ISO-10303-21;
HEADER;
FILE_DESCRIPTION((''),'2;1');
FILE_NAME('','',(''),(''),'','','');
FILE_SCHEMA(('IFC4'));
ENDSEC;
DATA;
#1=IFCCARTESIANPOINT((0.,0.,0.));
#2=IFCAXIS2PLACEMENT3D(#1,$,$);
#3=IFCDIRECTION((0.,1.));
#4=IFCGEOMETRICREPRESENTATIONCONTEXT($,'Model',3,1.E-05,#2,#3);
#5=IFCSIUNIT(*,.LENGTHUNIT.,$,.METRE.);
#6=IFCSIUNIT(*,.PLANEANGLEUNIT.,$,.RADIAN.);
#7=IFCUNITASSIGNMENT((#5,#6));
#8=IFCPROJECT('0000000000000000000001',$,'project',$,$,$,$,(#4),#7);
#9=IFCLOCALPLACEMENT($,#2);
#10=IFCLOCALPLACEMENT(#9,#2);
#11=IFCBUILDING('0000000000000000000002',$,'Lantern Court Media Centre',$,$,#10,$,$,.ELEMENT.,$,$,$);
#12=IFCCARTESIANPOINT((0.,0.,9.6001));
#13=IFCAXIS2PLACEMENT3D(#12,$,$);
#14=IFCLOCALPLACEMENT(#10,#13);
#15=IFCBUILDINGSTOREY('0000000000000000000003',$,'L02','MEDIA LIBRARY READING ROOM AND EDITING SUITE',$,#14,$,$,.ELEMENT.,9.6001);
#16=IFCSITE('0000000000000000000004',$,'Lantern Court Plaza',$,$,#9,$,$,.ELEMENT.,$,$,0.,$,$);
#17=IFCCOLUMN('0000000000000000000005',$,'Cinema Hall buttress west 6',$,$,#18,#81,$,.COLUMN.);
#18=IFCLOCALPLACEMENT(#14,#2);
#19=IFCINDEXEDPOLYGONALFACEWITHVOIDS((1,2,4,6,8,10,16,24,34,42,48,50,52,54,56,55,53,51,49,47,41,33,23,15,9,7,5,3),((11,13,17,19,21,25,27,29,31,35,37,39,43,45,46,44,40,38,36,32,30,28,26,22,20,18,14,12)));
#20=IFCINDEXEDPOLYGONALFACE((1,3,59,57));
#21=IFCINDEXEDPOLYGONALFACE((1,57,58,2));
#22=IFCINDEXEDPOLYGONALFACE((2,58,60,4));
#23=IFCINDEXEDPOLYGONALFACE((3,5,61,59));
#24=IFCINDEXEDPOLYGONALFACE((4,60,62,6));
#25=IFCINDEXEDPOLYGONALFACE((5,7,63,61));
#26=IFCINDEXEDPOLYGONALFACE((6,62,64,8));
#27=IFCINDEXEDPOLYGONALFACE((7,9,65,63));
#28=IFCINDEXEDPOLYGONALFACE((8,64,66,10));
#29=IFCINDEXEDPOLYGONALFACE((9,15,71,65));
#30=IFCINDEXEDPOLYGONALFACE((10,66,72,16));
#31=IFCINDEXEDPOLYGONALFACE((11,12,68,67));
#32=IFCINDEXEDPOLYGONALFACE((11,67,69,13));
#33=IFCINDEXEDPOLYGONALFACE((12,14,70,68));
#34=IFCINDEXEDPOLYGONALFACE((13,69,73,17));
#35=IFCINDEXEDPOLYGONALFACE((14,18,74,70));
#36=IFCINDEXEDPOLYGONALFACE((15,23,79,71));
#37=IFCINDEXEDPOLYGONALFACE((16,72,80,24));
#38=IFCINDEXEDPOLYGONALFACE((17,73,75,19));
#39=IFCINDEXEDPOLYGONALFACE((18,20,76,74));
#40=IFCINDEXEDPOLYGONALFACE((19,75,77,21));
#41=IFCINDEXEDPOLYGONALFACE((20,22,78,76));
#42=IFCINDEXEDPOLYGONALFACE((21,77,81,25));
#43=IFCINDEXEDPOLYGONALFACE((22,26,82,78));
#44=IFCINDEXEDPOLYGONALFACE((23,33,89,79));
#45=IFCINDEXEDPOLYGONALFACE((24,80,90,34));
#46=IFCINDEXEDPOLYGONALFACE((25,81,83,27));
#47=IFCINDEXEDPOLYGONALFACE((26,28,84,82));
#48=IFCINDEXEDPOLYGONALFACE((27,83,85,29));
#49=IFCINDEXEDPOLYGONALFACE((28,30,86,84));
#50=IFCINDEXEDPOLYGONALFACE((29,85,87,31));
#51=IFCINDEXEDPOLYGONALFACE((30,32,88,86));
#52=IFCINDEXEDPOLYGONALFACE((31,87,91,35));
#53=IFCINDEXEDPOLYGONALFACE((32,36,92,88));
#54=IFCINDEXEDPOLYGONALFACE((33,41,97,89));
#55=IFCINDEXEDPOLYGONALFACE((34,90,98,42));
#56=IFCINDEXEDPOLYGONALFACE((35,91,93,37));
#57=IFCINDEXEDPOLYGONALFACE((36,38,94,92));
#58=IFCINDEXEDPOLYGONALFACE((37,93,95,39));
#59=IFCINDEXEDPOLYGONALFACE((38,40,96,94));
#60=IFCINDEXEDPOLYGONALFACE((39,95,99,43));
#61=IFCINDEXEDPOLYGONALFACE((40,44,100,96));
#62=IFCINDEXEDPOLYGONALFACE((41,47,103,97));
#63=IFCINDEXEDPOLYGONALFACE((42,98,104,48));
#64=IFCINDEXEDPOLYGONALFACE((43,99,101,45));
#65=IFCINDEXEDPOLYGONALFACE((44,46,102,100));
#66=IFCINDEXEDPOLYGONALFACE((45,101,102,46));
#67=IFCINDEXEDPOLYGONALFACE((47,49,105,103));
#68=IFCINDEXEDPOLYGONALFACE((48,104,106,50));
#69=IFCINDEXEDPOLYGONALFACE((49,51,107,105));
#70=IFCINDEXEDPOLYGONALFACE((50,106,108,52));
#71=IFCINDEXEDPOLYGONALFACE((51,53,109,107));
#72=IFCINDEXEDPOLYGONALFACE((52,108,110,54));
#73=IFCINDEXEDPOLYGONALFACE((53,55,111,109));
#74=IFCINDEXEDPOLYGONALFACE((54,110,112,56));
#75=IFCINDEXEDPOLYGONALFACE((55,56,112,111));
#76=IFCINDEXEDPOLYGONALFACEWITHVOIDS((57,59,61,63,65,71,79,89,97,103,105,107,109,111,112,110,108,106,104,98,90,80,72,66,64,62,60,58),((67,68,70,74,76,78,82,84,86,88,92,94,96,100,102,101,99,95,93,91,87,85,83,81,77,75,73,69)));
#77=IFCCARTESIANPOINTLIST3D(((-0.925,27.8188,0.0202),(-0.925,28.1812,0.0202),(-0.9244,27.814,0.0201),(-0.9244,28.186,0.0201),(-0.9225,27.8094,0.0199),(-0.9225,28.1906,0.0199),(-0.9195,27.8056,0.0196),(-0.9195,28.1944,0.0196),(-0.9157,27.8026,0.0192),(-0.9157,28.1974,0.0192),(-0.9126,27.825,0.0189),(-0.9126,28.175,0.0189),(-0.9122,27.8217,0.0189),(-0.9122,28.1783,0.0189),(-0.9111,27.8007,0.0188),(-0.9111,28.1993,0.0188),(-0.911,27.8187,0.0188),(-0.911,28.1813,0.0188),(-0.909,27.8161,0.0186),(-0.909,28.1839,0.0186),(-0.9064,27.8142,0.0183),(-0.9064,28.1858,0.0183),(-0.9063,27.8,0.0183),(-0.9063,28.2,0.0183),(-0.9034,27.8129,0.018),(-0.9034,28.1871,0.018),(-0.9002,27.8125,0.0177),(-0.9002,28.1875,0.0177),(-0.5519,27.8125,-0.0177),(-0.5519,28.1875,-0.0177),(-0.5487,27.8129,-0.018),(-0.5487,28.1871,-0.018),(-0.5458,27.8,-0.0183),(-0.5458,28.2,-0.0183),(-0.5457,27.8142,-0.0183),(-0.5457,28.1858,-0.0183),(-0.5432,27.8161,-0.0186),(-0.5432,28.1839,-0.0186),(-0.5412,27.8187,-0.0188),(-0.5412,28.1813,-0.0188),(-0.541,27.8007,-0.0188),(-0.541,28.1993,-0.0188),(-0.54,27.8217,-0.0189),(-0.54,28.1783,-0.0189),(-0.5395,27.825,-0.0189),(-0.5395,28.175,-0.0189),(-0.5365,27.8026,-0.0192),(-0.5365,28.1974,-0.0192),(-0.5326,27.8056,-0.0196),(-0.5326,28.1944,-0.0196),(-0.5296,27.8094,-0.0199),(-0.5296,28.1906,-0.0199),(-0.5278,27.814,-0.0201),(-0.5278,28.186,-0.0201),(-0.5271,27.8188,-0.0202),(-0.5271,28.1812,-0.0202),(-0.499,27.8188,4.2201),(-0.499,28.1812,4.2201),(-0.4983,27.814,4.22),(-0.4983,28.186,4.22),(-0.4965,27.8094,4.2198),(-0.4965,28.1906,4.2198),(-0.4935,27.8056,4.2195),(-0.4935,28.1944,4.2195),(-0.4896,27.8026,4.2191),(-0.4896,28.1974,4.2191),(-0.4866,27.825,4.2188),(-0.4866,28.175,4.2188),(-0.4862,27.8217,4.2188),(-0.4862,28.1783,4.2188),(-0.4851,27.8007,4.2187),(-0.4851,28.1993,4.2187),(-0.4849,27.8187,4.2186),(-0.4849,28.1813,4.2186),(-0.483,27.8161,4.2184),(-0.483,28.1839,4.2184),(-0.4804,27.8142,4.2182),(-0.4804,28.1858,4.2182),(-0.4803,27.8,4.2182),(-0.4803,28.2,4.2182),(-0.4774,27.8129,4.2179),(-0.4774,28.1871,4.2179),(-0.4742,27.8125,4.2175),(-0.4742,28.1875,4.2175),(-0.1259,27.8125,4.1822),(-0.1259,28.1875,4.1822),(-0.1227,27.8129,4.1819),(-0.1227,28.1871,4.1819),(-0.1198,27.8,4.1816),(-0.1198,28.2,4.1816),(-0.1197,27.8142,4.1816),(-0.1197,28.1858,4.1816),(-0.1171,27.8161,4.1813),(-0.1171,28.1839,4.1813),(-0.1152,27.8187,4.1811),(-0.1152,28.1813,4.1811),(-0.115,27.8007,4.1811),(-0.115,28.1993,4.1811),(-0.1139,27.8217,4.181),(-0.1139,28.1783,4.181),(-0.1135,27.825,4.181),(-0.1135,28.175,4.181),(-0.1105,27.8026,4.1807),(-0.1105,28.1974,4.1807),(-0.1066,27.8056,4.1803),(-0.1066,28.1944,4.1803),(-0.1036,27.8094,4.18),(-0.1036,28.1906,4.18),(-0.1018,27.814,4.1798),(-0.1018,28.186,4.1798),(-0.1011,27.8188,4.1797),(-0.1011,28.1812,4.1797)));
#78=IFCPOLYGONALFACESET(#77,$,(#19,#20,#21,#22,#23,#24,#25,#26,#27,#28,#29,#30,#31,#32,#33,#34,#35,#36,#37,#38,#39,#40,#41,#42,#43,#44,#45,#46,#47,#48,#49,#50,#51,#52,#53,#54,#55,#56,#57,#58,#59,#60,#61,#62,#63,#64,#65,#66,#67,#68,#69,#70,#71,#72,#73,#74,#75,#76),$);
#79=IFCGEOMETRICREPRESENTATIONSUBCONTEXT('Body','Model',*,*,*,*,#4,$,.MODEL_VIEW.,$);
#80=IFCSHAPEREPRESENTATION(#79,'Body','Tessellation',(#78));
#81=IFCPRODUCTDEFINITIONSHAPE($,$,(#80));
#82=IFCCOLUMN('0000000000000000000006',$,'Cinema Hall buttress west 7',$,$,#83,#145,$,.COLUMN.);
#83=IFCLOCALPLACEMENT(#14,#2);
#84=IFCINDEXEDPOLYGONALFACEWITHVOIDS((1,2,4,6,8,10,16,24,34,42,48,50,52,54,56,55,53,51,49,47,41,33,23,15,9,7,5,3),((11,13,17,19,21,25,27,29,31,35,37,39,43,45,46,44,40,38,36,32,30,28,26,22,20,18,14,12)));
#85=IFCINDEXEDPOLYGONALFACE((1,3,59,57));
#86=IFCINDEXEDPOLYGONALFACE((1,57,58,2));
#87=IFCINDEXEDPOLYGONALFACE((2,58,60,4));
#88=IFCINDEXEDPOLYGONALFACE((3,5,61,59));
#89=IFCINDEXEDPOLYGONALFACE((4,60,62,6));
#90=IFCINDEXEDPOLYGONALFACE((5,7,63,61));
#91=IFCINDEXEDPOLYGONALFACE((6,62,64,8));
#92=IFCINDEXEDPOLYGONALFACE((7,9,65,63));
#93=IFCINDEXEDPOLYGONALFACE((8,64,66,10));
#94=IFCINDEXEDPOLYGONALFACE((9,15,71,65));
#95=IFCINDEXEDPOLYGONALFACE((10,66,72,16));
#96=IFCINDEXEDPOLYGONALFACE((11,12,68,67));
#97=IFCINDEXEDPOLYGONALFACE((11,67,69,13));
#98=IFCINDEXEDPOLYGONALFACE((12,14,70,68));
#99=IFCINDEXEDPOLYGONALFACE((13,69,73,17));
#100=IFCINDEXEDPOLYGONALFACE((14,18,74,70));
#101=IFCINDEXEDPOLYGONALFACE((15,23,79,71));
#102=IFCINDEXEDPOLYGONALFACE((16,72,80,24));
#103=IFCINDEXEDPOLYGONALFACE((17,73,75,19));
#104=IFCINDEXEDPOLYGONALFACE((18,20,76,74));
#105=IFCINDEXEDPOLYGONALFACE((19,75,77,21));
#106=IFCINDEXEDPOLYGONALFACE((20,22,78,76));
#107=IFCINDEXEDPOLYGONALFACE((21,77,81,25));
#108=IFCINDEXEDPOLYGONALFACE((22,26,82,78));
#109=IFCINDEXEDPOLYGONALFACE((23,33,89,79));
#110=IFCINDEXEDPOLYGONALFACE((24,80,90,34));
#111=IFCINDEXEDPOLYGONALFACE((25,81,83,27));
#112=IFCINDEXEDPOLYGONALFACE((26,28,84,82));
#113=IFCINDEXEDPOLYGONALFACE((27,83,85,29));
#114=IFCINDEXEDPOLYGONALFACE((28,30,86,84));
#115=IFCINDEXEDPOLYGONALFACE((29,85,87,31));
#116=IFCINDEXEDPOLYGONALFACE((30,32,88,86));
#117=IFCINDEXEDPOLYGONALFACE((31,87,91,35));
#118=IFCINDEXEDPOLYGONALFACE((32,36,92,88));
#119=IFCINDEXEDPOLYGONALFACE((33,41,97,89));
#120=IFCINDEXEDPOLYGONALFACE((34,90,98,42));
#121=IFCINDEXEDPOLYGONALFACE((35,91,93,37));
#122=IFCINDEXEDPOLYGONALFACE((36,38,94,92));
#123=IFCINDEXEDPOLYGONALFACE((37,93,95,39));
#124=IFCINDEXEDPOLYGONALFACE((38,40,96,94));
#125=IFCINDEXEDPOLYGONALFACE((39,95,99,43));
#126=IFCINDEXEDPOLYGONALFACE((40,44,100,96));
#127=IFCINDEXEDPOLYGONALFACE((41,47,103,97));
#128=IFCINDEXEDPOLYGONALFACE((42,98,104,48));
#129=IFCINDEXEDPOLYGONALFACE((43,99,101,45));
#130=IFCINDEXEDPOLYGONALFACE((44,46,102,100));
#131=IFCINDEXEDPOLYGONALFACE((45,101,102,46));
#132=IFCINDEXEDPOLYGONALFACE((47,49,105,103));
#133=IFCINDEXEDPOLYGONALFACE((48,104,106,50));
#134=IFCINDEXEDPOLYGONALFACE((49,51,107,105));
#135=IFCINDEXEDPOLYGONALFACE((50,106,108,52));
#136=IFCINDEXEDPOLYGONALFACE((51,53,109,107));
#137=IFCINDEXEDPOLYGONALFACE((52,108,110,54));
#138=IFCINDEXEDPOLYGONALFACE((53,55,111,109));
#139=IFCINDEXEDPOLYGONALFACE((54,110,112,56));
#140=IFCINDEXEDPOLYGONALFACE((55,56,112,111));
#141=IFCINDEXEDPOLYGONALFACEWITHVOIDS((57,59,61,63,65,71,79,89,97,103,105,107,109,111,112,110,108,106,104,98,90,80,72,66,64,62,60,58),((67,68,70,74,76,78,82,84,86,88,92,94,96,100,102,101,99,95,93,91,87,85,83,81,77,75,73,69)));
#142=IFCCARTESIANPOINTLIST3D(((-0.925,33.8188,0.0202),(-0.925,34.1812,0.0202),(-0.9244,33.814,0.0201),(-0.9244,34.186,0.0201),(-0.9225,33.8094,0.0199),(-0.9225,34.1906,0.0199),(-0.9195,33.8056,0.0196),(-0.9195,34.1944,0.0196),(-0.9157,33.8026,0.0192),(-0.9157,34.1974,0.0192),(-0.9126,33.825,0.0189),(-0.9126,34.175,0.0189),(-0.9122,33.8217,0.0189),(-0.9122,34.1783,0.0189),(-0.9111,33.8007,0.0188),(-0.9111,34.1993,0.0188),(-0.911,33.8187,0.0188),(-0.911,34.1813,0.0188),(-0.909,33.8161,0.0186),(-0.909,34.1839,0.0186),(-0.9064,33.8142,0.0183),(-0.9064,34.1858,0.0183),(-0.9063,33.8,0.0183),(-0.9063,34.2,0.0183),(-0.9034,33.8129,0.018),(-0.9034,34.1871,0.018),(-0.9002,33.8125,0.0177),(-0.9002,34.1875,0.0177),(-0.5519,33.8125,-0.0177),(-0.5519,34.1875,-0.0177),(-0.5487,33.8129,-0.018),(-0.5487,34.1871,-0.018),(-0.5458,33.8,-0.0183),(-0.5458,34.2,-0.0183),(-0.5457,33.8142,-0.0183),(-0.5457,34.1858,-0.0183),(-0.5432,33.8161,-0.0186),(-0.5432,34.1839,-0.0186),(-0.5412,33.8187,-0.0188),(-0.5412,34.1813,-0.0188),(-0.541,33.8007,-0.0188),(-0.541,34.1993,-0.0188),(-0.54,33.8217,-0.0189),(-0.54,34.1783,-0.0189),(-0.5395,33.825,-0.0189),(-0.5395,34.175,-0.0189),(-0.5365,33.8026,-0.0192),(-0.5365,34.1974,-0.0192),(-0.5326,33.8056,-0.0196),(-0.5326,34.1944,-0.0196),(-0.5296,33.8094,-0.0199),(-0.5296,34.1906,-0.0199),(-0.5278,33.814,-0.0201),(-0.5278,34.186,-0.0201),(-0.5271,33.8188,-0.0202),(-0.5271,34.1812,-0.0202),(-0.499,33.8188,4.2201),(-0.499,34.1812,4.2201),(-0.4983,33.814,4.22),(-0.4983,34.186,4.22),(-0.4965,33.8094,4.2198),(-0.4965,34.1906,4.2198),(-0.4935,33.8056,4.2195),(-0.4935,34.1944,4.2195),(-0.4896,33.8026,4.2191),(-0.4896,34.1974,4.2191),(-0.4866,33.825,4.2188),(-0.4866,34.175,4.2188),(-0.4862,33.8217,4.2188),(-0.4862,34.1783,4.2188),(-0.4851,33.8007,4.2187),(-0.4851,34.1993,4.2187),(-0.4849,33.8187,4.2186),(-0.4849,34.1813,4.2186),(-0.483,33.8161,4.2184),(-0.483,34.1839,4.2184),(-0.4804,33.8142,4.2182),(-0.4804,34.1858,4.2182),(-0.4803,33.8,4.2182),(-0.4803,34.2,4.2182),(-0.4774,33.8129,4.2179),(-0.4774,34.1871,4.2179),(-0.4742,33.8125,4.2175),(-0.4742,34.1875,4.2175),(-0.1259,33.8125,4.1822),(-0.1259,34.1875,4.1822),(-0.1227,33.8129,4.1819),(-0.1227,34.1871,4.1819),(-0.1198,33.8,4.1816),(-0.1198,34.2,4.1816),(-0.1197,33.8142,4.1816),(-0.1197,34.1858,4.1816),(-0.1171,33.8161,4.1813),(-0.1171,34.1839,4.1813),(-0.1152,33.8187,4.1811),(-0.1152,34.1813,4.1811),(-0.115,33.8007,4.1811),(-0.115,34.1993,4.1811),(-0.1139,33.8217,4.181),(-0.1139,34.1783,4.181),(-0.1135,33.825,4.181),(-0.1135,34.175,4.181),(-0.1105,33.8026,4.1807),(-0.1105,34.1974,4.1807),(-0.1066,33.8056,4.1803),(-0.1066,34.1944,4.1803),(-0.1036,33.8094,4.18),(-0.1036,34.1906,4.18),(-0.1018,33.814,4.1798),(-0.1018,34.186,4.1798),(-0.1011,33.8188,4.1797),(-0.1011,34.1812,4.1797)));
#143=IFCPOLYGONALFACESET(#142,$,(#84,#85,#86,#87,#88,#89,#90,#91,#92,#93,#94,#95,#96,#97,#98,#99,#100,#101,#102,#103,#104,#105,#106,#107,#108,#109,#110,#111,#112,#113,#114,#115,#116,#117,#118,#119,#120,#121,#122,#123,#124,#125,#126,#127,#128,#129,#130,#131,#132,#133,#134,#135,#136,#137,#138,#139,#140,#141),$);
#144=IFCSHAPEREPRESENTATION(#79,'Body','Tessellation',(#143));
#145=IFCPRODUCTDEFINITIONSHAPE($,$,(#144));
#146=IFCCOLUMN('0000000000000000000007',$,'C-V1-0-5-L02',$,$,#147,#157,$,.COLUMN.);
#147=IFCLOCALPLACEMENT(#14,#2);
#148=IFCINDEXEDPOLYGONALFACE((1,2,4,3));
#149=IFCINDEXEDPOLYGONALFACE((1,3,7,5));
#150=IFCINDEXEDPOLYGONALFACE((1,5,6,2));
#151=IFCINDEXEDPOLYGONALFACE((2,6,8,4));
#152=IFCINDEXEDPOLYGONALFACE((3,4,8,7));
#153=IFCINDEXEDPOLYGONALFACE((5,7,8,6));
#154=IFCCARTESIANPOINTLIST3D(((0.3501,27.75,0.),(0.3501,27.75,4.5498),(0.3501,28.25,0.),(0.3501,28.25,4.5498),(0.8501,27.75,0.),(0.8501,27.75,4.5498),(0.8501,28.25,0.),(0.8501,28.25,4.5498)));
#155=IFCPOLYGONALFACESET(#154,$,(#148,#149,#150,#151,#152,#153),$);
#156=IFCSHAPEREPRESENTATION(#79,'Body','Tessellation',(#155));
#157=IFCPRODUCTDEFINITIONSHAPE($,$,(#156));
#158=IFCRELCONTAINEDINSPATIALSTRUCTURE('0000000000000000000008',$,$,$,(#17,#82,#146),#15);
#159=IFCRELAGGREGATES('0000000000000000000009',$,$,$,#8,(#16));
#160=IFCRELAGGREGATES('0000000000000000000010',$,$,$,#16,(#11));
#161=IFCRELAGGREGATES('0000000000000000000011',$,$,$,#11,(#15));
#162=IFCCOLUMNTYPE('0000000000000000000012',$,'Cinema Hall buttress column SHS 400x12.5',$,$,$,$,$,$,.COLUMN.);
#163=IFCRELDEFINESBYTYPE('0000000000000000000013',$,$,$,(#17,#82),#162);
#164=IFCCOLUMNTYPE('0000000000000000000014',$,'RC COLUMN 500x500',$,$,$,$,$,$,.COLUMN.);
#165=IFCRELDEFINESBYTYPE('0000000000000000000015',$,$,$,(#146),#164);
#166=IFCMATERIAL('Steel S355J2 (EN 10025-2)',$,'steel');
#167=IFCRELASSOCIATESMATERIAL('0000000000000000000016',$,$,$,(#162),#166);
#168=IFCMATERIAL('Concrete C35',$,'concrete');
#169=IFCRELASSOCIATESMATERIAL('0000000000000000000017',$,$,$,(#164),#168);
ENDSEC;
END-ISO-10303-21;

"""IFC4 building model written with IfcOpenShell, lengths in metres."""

from ifc_helpers import new_model, si_unit, direction, frame, origin, origin_2d, place, context, subcontext, project, spatial, rectangle, hollow_rectangle, extrude, material, material_profile, profile_set, type_object, element, save


model = new_model("IFC4")

# Units and contexts
model_context = context("Model", 3, precision=1e-05, world=origin(), true_north=direction((0.0, 1.0)))
body_context = subcontext(model_context, "Body", "Model", "MODEL_VIEW")
ifc_project = project(units=[si_unit("LENGTHUNIT", "METRE"), si_unit("PLANEANGLEUNIT", "RADIAN")], contexts=[model_context])

# Site, building, storey
site_placement = place(None, origin())
site = spatial("IfcSite", under=ifc_project, at=site_placement, Name="Lantern Court Plaza", CompositionType="ELEMENT", RefElevation=0.0)
building_placement = place(site_placement, origin())
building = spatial("IfcBuilding", under=site, at=building_placement, Name="Lantern Court Media Centre", CompositionType="ELEMENT")
storey_placement = place(building_placement, frame((0.0, 0.0, 9.6001)))
storey = spatial("IfcBuildingStorey", under=building, at=storey_placement, Name="L02", Description="MEDIA LIBRARY READING ROOM AND EDITING SUITE", CompositionType="ELEMENT", Elevation=9.6001)

# Columns
ifc_material_1 = material(Name="Steel S355J2 (EN 10025-2)", Category="steel")
ifc_material_profile_1 = material_profile(ifc_material_1, hollow_rectangle(XDim=0.3999, YDim=0.3999, WallThickness=0.0125, InnerFilletRadius=0.0125, OuterFilletRadius=0.0188, at=origin_2d()), Name="Cinema Hall buttress column SHS 400x12.5")
ifc_profile_set_1 = profile_set([ifc_material_profile_1], Name="Steel S355J2 (EN 10025-2)")
column_type_1 = type_object("IfcColumnType", Name="Cinema Hall buttress column SHS 400x12.5", PredefinedType="COLUMN", material=ifc_profile_set_1)
for number, where, z_axis, x_axis, name in (
    (1, (-0.7261, 28.0, 0.0), (0.100918, 0.0, 0.994895), (0.0, 1.0, 0.0), "Cinema Hall buttress west 6"),
    (2, (-0.7261, 34.0, 0.0), (0.100918, 0.0, 0.994895), (0.0, 1.0, 0.0), "Cinema Hall buttress west 7"),
):
    element("IfcColumn", number, at=place(storey_placement, frame(where, z_axis=z_axis, x_axis=x_axis)), inside=storey, type_object=column_type_1, Name=name, PredefinedType="COLUMN", context=body_context, shape_type="SweptSolid", body=[
        extrude(hollow_rectangle(XDim=0.3999, YDim=0.3999, WallThickness=0.0125, InnerFilletRadius=0.0125, OuterFilletRadius=0.0188, at=origin_2d()), origin(), (0.0, 0.0, 1.0), 4.2214),
    ])
ifc_material_2 = material(Name="Concrete C35", Category="concrete")
ifc_material_profile_2 = material_profile(ifc_material_2, rectangle(XDim=0.5, YDim=0.5, at=origin_2d()), Name="RC 500x500")
ifc_profile_set_2 = profile_set([ifc_material_profile_2], Name="Concrete C35")
column_type_2 = type_object("IfcColumnType", Name="RC COLUMN 500x500", PredefinedType="COLUMN", material=ifc_profile_set_2)
column_placement = place(storey_placement, frame((0.6001, 28.0, 0.0), z_axis=(0.0, 0.0, 1.0), x_axis=(1.0, 0.0, 0.0)))
element("IfcColumn", 3, at=column_placement, inside=storey, type_object=column_type_2, Name="C-V1-0-5-L02", PredefinedType="COLUMN", context=body_context, shape_type="SweptSolid", body=[
    extrude(rectangle(XDim=0.5, YDim=0.5, at=origin_2d()), origin(), (0.0, 0.0, 1.0), 4.5498),
])

save(model, "model.ifc")
